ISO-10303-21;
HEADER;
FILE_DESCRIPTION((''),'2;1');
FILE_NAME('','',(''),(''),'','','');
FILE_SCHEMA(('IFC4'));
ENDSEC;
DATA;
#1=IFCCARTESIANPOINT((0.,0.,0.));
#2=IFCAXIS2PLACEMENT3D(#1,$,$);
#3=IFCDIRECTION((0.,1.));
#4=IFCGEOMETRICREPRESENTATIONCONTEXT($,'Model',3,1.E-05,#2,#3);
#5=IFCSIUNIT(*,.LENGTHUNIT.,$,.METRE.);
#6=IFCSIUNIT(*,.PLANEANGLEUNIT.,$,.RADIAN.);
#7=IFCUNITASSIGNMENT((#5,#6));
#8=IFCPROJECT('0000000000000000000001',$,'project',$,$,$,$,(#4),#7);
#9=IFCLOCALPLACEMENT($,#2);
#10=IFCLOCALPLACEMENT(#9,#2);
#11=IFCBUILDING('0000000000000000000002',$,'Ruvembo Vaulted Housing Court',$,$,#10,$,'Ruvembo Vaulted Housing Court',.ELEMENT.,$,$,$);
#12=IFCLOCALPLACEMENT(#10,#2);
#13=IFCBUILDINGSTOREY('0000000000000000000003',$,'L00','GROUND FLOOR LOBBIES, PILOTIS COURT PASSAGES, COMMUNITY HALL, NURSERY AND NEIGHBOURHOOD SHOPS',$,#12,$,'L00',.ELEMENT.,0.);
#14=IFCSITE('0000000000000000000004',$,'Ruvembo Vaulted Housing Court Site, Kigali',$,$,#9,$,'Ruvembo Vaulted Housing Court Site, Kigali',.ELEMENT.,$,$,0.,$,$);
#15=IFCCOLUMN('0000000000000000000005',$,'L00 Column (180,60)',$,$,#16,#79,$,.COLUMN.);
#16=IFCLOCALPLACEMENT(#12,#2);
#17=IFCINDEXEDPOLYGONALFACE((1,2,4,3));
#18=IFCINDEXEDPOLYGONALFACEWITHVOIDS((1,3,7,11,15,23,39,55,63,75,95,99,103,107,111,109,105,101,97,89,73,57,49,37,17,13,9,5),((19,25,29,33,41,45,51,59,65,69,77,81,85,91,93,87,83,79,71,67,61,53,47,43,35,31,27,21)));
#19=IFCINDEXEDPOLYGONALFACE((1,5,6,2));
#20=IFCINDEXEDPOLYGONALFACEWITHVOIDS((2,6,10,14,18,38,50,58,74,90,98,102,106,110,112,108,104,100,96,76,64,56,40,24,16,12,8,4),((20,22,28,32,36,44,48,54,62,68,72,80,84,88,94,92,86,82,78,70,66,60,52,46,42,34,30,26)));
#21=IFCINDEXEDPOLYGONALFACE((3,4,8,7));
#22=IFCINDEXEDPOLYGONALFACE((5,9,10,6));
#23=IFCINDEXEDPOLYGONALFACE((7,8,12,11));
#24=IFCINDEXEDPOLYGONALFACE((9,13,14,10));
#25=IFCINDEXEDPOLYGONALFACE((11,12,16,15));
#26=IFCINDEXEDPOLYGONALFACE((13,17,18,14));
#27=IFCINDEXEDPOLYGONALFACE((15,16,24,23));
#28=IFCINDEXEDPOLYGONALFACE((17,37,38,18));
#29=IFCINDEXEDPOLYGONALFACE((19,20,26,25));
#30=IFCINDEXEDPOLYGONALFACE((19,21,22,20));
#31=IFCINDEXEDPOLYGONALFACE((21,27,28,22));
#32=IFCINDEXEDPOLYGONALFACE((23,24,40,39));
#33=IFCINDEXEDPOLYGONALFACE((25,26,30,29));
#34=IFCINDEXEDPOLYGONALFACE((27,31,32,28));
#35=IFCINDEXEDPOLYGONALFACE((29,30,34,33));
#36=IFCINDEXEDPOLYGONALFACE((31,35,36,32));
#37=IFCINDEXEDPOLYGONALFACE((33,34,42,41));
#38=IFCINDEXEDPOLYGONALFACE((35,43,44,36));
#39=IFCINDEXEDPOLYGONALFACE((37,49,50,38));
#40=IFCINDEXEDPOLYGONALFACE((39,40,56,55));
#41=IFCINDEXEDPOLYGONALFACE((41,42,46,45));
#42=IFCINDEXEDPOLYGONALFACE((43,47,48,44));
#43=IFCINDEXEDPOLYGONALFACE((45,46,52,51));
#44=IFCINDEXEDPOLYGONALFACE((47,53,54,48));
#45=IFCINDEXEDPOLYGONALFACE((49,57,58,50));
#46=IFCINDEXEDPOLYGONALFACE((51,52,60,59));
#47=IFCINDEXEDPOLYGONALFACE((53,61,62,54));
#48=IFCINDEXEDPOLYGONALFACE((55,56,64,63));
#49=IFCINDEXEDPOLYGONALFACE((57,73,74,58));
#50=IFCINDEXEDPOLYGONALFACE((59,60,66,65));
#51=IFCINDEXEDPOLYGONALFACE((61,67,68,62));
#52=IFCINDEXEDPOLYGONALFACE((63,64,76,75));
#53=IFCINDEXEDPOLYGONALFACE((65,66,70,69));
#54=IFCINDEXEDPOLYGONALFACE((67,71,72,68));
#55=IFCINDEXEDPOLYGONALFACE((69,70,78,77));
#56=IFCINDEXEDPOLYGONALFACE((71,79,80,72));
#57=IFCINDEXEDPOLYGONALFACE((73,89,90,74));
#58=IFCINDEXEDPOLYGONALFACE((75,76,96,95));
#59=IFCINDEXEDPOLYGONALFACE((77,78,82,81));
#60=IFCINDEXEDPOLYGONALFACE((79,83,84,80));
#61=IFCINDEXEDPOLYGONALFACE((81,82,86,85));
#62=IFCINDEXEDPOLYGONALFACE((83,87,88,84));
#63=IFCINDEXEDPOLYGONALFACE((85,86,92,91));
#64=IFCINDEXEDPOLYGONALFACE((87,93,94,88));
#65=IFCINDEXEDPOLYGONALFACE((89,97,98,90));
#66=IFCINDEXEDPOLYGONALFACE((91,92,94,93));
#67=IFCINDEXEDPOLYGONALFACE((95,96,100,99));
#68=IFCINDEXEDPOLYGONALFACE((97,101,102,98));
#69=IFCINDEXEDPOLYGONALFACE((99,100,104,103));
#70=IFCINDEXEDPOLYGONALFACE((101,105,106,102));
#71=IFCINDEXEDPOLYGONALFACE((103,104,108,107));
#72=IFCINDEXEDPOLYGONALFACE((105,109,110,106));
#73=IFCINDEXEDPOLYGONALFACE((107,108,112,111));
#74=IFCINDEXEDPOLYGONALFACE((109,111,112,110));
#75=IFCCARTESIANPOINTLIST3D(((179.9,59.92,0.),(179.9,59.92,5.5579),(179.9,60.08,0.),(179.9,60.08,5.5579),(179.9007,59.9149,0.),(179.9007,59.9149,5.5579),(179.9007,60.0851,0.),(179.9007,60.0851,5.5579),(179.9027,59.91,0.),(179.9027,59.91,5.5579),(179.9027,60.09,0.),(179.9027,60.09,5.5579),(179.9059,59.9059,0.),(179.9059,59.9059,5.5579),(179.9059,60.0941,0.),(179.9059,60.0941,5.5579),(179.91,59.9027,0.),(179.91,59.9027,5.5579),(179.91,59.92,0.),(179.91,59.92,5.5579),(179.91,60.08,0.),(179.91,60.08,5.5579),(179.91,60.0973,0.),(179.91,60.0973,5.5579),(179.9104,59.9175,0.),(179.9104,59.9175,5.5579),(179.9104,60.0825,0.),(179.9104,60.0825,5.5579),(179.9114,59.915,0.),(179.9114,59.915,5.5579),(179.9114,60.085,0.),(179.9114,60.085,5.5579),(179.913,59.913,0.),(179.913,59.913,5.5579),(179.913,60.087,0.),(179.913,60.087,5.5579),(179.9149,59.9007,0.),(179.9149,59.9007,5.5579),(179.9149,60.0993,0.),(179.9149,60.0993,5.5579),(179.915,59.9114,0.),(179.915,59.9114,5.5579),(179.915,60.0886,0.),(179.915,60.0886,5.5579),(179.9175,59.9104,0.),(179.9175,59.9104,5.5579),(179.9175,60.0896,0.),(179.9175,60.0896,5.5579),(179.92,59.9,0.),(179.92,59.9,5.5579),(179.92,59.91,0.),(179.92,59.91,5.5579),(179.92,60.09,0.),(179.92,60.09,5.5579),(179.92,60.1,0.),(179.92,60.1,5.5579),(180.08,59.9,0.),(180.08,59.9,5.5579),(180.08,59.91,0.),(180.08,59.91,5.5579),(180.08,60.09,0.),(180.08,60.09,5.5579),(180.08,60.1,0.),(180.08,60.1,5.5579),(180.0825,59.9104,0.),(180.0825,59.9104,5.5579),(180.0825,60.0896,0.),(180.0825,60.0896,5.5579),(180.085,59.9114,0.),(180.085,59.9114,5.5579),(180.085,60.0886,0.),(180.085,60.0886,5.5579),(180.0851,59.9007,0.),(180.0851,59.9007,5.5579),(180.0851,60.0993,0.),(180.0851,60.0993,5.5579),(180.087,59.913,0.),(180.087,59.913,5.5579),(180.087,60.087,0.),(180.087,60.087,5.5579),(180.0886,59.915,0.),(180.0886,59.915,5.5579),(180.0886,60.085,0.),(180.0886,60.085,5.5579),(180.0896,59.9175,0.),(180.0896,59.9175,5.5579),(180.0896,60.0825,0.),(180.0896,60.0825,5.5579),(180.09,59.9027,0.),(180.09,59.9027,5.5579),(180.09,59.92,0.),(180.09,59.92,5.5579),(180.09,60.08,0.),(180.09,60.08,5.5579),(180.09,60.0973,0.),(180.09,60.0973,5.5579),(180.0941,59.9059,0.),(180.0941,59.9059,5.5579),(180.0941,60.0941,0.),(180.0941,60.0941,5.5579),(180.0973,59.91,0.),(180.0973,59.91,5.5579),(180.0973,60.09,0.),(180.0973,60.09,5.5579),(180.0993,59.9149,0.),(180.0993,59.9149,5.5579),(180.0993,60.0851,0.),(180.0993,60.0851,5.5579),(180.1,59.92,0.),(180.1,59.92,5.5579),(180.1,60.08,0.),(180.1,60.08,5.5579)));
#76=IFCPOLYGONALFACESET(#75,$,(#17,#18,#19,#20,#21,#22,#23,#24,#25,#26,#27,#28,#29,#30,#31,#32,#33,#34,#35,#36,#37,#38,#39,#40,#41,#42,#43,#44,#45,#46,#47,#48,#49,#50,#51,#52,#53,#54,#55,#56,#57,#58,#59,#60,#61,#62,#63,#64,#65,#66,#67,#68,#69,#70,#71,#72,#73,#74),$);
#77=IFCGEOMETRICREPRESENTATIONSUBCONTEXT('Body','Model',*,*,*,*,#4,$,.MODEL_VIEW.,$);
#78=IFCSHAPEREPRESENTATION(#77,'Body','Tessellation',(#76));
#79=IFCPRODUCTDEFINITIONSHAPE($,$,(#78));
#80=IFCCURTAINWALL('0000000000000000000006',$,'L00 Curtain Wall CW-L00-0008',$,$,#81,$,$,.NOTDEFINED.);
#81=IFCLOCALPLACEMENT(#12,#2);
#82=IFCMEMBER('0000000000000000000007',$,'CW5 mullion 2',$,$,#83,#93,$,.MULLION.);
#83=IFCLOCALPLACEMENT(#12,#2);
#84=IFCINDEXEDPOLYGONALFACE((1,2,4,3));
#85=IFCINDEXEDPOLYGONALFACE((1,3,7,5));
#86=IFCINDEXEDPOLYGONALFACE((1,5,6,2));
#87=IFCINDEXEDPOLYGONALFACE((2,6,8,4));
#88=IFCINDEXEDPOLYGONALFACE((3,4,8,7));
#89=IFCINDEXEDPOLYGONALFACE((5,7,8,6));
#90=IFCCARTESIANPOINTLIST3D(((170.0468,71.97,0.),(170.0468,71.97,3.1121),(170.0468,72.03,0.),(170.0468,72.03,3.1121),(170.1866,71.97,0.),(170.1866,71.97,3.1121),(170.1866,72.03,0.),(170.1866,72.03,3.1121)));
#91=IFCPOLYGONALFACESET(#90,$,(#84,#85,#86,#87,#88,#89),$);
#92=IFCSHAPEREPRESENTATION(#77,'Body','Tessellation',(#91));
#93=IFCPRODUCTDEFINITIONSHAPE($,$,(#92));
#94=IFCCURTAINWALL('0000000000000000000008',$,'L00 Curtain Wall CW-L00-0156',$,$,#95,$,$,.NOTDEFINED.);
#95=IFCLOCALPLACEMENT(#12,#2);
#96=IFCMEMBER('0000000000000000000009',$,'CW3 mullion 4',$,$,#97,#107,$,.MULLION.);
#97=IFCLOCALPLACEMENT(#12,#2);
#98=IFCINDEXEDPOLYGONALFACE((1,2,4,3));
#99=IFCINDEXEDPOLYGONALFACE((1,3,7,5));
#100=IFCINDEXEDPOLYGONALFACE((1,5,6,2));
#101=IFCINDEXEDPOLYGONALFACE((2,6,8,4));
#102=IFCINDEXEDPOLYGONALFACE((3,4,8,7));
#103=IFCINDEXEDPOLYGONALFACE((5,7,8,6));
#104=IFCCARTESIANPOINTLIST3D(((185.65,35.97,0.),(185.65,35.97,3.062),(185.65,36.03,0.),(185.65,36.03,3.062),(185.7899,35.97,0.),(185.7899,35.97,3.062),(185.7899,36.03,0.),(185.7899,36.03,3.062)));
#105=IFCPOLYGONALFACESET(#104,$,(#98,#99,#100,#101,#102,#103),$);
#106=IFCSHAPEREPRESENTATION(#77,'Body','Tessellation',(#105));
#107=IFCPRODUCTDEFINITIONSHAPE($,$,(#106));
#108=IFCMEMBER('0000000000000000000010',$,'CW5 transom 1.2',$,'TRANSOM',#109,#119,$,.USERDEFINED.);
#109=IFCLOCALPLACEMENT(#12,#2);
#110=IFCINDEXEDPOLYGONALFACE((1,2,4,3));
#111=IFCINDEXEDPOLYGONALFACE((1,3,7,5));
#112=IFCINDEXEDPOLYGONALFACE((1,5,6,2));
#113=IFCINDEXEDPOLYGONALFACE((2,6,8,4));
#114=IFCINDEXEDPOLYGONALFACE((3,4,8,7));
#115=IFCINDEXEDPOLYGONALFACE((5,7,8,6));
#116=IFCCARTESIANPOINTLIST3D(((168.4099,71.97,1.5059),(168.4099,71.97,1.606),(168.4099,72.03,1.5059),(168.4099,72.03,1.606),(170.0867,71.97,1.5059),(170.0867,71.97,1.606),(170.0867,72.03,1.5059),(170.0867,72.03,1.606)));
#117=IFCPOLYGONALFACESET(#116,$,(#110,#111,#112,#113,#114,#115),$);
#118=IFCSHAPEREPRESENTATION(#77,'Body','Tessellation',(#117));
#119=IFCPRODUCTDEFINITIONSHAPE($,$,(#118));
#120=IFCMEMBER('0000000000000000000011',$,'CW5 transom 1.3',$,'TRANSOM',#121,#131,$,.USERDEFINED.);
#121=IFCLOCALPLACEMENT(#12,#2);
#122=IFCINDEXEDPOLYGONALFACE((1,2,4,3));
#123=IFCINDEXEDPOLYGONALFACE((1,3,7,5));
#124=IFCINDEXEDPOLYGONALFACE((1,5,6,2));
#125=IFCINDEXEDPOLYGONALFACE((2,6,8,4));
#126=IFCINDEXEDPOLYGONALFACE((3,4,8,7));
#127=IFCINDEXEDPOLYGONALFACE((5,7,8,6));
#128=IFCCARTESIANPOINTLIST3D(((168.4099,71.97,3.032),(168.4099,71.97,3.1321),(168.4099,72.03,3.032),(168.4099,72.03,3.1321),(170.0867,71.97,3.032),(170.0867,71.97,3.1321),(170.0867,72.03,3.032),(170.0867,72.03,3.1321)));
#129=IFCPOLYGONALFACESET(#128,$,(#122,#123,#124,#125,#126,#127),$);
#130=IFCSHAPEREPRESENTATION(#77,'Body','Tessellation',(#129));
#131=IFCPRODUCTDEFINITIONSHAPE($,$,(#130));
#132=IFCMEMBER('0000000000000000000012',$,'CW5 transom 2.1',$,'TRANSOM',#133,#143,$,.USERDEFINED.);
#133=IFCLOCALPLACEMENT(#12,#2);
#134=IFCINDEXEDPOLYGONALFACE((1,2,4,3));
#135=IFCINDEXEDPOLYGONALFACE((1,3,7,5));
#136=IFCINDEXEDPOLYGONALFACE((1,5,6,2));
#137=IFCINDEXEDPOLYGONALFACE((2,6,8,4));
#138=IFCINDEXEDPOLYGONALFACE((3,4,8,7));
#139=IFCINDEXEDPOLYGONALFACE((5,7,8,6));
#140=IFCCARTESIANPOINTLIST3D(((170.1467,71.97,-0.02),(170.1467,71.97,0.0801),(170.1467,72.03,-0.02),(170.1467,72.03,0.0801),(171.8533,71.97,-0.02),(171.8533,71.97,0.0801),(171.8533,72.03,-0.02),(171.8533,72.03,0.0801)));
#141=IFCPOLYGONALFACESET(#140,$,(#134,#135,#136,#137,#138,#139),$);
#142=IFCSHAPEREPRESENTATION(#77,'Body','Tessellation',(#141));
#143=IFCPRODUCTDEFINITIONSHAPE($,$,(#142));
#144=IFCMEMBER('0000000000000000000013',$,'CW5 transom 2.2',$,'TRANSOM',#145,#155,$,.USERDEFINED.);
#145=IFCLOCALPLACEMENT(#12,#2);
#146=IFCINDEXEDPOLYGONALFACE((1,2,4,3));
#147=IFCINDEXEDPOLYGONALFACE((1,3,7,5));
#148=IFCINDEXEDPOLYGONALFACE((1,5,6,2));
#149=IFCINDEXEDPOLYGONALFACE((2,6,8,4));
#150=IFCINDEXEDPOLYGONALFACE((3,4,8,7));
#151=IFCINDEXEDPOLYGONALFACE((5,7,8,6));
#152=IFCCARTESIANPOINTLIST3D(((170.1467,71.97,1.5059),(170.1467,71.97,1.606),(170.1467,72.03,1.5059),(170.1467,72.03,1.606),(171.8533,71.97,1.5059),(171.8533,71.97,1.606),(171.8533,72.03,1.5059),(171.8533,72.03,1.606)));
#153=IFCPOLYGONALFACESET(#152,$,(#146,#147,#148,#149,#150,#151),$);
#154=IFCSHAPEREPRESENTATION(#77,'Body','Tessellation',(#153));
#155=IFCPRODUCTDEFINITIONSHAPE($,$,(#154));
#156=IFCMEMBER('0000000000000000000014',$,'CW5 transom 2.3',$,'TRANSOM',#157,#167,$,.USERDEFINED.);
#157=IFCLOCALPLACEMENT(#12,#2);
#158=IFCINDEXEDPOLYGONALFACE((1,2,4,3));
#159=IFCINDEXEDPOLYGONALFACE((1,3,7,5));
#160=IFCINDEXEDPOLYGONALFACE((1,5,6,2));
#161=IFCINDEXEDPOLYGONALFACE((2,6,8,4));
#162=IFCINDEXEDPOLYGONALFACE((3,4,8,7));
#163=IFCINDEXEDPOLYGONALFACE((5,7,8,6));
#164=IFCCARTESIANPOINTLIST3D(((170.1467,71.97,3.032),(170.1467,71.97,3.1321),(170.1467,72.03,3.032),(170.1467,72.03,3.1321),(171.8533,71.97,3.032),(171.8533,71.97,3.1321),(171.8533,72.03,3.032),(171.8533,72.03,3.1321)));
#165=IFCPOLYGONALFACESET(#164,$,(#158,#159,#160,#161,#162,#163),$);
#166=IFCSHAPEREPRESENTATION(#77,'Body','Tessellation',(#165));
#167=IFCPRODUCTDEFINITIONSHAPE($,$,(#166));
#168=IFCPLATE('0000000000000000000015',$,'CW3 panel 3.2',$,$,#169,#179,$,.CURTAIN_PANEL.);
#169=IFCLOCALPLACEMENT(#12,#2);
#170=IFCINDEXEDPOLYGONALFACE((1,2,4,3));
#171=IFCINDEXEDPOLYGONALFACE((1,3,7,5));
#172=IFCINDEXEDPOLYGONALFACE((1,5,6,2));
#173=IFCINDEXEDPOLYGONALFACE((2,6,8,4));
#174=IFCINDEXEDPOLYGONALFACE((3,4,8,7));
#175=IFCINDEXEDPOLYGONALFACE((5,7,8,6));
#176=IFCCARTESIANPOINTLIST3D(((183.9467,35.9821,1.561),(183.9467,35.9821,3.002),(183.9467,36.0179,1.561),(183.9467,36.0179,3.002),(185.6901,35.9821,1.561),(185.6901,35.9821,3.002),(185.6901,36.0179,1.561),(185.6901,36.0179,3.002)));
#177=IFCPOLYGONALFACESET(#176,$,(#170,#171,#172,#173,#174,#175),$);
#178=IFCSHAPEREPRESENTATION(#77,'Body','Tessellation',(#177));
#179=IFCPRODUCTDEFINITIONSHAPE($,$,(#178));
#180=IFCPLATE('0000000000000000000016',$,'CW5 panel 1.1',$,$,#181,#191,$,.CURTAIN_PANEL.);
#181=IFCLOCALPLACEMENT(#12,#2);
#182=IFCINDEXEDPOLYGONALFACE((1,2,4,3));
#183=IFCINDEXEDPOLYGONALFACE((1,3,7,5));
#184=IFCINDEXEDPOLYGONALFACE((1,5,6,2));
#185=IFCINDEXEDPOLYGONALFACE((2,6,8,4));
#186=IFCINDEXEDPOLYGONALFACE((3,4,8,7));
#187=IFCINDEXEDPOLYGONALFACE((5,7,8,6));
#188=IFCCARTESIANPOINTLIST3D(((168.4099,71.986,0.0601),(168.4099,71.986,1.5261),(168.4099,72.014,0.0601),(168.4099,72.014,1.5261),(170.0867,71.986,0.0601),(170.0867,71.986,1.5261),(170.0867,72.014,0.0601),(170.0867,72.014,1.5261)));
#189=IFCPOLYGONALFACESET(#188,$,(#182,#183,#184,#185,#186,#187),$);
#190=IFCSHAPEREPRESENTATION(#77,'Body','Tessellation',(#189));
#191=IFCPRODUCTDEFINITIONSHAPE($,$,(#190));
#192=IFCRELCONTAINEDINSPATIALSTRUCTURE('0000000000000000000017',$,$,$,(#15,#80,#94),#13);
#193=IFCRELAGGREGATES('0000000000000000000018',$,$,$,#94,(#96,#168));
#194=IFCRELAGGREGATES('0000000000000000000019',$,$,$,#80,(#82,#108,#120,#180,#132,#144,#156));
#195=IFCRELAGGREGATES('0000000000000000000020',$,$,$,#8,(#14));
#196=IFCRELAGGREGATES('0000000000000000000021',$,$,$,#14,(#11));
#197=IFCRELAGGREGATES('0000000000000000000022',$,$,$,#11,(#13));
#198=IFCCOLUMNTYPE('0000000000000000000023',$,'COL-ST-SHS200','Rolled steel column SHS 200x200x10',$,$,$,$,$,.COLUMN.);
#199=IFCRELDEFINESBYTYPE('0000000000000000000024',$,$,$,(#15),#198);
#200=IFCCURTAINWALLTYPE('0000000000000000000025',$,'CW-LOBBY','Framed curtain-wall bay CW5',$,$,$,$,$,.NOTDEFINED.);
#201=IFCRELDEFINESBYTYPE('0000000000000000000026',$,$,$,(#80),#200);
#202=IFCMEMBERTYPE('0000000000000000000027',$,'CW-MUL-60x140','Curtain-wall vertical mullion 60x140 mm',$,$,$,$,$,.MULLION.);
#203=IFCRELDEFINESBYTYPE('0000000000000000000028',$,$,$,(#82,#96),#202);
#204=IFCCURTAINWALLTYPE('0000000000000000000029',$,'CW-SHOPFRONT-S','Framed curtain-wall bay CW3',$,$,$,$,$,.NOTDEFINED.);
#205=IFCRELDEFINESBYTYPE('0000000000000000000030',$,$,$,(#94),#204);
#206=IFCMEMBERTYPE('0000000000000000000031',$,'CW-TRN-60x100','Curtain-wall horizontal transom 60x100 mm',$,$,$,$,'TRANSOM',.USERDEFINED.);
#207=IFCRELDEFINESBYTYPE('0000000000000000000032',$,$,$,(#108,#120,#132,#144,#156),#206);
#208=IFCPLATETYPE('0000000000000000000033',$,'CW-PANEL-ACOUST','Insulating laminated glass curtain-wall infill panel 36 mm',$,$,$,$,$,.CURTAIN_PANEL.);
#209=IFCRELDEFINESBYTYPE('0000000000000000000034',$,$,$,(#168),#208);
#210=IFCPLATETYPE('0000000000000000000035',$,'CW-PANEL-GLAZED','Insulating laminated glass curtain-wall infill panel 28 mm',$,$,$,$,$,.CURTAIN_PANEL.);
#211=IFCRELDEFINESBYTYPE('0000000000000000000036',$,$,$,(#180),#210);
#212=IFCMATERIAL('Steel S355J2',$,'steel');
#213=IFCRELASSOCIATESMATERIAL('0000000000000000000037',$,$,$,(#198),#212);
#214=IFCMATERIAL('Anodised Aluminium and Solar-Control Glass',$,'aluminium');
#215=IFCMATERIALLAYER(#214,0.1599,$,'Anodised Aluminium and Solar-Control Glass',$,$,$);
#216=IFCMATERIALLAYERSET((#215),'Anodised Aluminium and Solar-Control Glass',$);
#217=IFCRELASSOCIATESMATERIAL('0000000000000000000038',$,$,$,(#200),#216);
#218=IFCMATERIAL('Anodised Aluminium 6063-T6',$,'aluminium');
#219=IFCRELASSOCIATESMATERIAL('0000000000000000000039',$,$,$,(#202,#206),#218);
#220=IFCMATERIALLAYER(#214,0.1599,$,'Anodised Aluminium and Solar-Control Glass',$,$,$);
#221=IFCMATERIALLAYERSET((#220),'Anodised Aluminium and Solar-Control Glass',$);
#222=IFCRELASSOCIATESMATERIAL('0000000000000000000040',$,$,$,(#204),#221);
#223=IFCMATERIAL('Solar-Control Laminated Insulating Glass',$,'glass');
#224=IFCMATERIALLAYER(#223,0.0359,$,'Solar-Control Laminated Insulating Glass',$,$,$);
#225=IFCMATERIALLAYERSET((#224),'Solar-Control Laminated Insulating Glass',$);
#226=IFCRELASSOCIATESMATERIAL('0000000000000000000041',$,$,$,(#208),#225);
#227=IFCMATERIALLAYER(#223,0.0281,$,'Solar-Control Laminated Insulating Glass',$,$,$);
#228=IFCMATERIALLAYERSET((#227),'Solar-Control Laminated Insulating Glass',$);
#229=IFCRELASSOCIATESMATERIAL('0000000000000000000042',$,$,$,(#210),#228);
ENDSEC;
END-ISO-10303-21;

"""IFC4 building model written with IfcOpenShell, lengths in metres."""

from ifc_helpers import new_model, si_unit, direction, frame, origin, origin_2d, place, context, subcontext, project, spatial, rectangle, hollow_rectangle, extrude, material, layer, layer_set, material_profile, profile_set, type_object, element, aggregate, save


model = new_model("IFC4")

# Units and contexts
model_context = context("Model", 3, precision=1e-05, world=origin(), true_north=direction((0.0, 1.0)))
body_context = subcontext(model_context, "Body", "Model", "MODEL_VIEW")
ifc_project = project(units=[si_unit("LENGTHUNIT", "METRE"), si_unit("PLANEANGLEUNIT", "RADIAN")], contexts=[model_context])

# Site, building, storey
site_placement = place(None, origin())
site = spatial("IfcSite", under=ifc_project, at=site_placement, Name="Ruvembo Vaulted Housing Court Site, Kigali", LongName="Ruvembo Vaulted Housing Court Site, Kigali", CompositionType="ELEMENT", RefElevation=0.0)
building_placement = place(site_placement, origin())
building = spatial("IfcBuilding", under=site, at=building_placement, Name="Ruvembo Vaulted Housing Court", LongName="Ruvembo Vaulted Housing Court", CompositionType="ELEMENT")
storey_placement = place(building_placement, origin())
storey = spatial("IfcBuildingStorey", under=building, at=storey_placement, Name="L00", Description="GROUND FLOOR LOBBIES, PILOTIS COURT PASSAGES, COMMUNITY HALL, NURSERY AND NEIGHBOURHOOD SHOPS", LongName="L00", CompositionType="ELEMENT", Elevation=0.0)

# Column
ifc_material_1 = material(Name="Steel S355J2", Category="steel")
ifc_material_profile_1 = material_profile(ifc_material_1, hollow_rectangle(XDim=0.2, YDim=0.2, WallThickness=0.01, InnerFilletRadius=0.01, OuterFilletRadius=0.02, at=origin_2d()), Name="SHS 200x200x10")
ifc_profile_set_1 = profile_set([ifc_material_profile_1], Name="Steel S355J2")
column_type_1 = type_object("IfcColumnType", Name="COL-ST-SHS200", Description="Rolled steel column SHS 200x200x10", PredefinedType="COLUMN", material=ifc_profile_set_1)
for number, where, z_axis, x_axis, name in (
    (1, (180.0, 60.0, 0.0), (0.0, 0.0, 1.0), (1.0, 0.0, 0.0), "L00 Column (180,60)"),
):
    element("IfcColumn", number, at=place(storey_placement, frame(where, z_axis=z_axis, x_axis=x_axis)), inside=storey, type_object=column_type_1, Name=name, PredefinedType="COLUMN", context=body_context, shape_type="SweptSolid", body=[
        extrude(hollow_rectangle(XDim=0.2, YDim=0.2, WallThickness=0.01, InnerFilletRadius=0.01, OuterFilletRadius=0.02, at=origin_2d()), origin(), (0.0, 0.0, 1.0), 5.5579),
    ])

# Curtain walls, members
ifc_material_2 = material(Name="Anodised Aluminium and Solar-Control Glass", Category="aluminium")
ifc_layer_1 = layer(ifc_material_2, 0.1599, Name="Anodised Aluminium and Solar-Control Glass")
ifc_layer_set_1 = layer_set([ifc_layer_1], Name="Anodised Aluminium and Solar-Control Glass")
curtain_wall_type_1 = type_object("IfcCurtainWallType", Name="CW-LOBBY", Description="Framed curtain-wall bay CW5", PredefinedType="NOTDEFINED", material=ifc_layer_set_1)
curtain_wall_1_placement = place(storey_placement, origin())
curtain_wall_1 = element("IfcCurtainWall", 2, at=curtain_wall_1_placement, inside=storey, type_object=curtain_wall_type_1, Name="L00 Curtain Wall CW-L00-0008", PredefinedType="NOTDEFINED")
ifc_material_3 = material(Name="Anodised Aluminium 6063-T6", Category="aluminium")
ifc_material_profile_2 = material_profile(ifc_material_3, rectangle(XDim=0.0601, YDim=0.1399, at=origin_2d()), Name="ALU 60x140")
ifc_profile_set_2 = profile_set([ifc_material_profile_2], Name="Anodised Aluminium 6063-T6")
member_type_1 = type_object("IfcMemberType", Name="CW-MUL-60x140", Description="Curtain-wall vertical mullion 60x140 mm", PredefinedType="MULLION", material=ifc_profile_set_2)
member_1_placement = place(storey_placement, frame((170.1167, 72.0, 0.0), z_axis=(0.0, 0.0, 1.0), x_axis=(0.0, 1.0, 0.0)))
member_1 = element("IfcMember", 3, at=member_1_placement, type_object=member_type_1, Name="CW5 mullion 2", PredefinedType="MULLION", context=body_context, shape_type="SweptSolid", body=[
    extrude(rectangle(XDim=0.0601, YDim=0.1399, at=origin_2d()), origin(), (0.0, 0.0, 1.0), 3.1121),
])
ifc_layer_2 = layer(ifc_material_2, 0.1599, Name="Anodised Aluminium and Solar-Control Glass")
ifc_layer_set_2 = layer_set([ifc_layer_2], Name="Anodised Aluminium and Solar-Control Glass")
curtain_wall_type_2 = type_object("IfcCurtainWallType", Name="CW-SHOPFRONT-S", Description="Framed curtain-wall bay CW3", PredefinedType="NOTDEFINED", material=ifc_layer_set_2)
curtain_wall_2_placement = place(storey_placement, origin())
curtain_wall_2 = element("IfcCurtainWall", 4, at=curtain_wall_2_placement, inside=storey, type_object=curtain_wall_type_2, Name="L00 Curtain Wall CW-L00-0156", PredefinedType="NOTDEFINED")
member_2_placement = place(storey_placement, frame((185.72, 36.0, 0.0), z_axis=(0.0, 0.0, 1.0), x_axis=(0.0, 1.0, 0.0)))
member_2 = element("IfcMember", 5, at=member_2_placement, type_object=member_type_1, Name="CW3 mullion 4", PredefinedType="MULLION", context=body_context, shape_type="SweptSolid", body=[
    extrude(rectangle(XDim=0.0601, YDim=0.1399, at=origin_2d()), origin(), (0.0, 0.0, 1.0), 3.062),
])

# Members
ifc_material_profile_3 = material_profile(ifc_material_3, rectangle(XDim=0.0601, YDim=0.1001, at=origin_2d()), Name="ALU 60x100")
ifc_profile_set_3 = profile_set([ifc_material_profile_3], Name="Anodised Aluminium 6063-T6")
member_type_2 = type_object("IfcMemberType", Name="CW-TRN-60x100", Description="Curtain-wall horizontal transom 60x100 mm", ElementType="TRANSOM", PredefinedType="USERDEFINED", material=ifc_profile_set_3)
member_3_placement = place(storey_placement, frame((168.4099, 72.0, 1.5559), z_axis=(1.0, 0.0, 0.0), x_axis=(0.0, 1.0, 0.0)))
member_3 = element("IfcMember", 6, at=member_3_placement, type_object=member_type_2, Name="CW5 transom 1.2", ObjectType="TRANSOM", PredefinedType="USERDEFINED", context=body_context, shape_type="SweptSolid", body=[
    extrude(rectangle(XDim=0.0601, YDim=0.1001, at=origin_2d()), origin(), (0.0, 0.0, 1.0), 1.6768),
])
member_4_placement = place(storey_placement, frame((168.4099, 72.0, 3.082), z_axis=(1.0, 0.0, 0.0), x_axis=(0.0, 1.0, 0.0)))
member_4 = element("IfcMember", 7, at=member_4_placement, type_object=member_type_2, Name="CW5 transom 1.3", ObjectType="TRANSOM", PredefinedType="USERDEFINED", context=body_context, shape_type="SweptSolid", body=[
    extrude(rectangle(XDim=0.0601, YDim=0.1001, at=origin_2d()), origin(), (0.0, 0.0, 1.0), 1.6768),
])
member_5_placement = place(storey_placement, frame((170.1467, 72.0, 0.03), z_axis=(1.0, 0.0, 0.0), x_axis=(0.0, 1.0, 0.0)))
member_5 = element("IfcMember", 8, at=member_5_placement, type_object=member_type_2, Name="CW5 transom 2.1", ObjectType="TRANSOM", PredefinedType="USERDEFINED", context=body_context, shape_type="SweptSolid", body=[
    extrude(rectangle(XDim=0.0601, YDim=0.1001, at=origin_2d()), origin(), (0.0, 0.0, 1.0), 1.7065),
])
member_6_placement = place(storey_placement, frame((170.1467, 72.0, 1.5559), z_axis=(1.0, 0.0, 0.0), x_axis=(0.0, 1.0, 0.0)))
member_6 = element("IfcMember", 9, at=member_6_placement, type_object=member_type_2, Name="CW5 transom 2.2", ObjectType="TRANSOM", PredefinedType="USERDEFINED", context=body_context, shape_type="SweptSolid", body=[
    extrude(rectangle(XDim=0.0601, YDim=0.1001, at=origin_2d()), origin(), (0.0, 0.0, 1.0), 1.7065),
])
member_7_placement = place(storey_placement, frame((170.1467, 72.0, 3.082), z_axis=(1.0, 0.0, 0.0), x_axis=(0.0, 1.0, 0.0)))
member_7 = element("IfcMember", 10, at=member_7_placement, type_object=member_type_2, Name="CW5 transom 2.3", ObjectType="TRANSOM", PredefinedType="USERDEFINED", context=body_context, shape_type="SweptSolid", body=[
    extrude(rectangle(XDim=0.0601, YDim=0.1001, at=origin_2d()), origin(), (0.0, 0.0, 1.0), 1.7065),
])

# Plates
ifc_material_4 = material(Name="Solar-Control Laminated Insulating Glass", Category="glass")
ifc_layer_3 = layer(ifc_material_4, 0.0359, Name="Solar-Control Laminated Insulating Glass")
ifc_layer_set_3 = layer_set([ifc_layer_3], Name="Solar-Control Laminated Insulating Glass")
plate_type_1 = type_object("IfcPlateType", Name="CW-PANEL-ACOUST", Description="Insulating laminated glass curtain-wall infill panel 36 mm", PredefinedType="CURTAIN_PANEL", material=ifc_layer_set_3)
plate_1_placement = place(storey_placement, frame((184.8184, 36.0, 1.561), z_axis=(0.0, 0.0, 1.0), x_axis=(1.0, 0.0, 0.0)))
plate_1 = element("IfcPlate", 11, at=plate_1_placement, type_object=plate_type_1, Name="CW3 panel 3.2", PredefinedType="CURTAIN_PANEL", context=body_context, shape_type="SweptSolid", body=[
    extrude(rectangle(XDim=1.7434, YDim=0.0359, at=origin_2d()), origin(), (0.0, 0.0, 1.0), 1.4409),
])
aggregate(curtain_wall_2, [member_2, plate_1])
ifc_layer_4 = layer(ifc_material_4, 0.0281, Name="Solar-Control Laminated Insulating Glass")
ifc_layer_set_4 = layer_set([ifc_layer_4], Name="Solar-Control Laminated Insulating Glass")
plate_type_2 = type_object("IfcPlateType", Name="CW-PANEL-GLAZED", Description="Insulating laminated glass curtain-wall infill panel 28 mm", PredefinedType="CURTAIN_PANEL", material=ifc_layer_set_4)
plate_2_placement = place(storey_placement, frame((169.2483, 72.0, 0.0601), z_axis=(0.0, 0.0, 1.0), x_axis=(1.0, 0.0, 0.0)))
plate_2 = element("IfcPlate", 12, at=plate_2_placement, type_object=plate_type_2, Name="CW5 panel 1.1", PredefinedType="CURTAIN_PANEL", context=body_context, shape_type="SweptSolid", body=[
    extrude(rectangle(XDim=1.6768, YDim=0.0281, at=origin_2d()), origin(), (0.0, 0.0, 1.0), 1.4661),
])
aggregate(curtain_wall_1, [member_1, member_3, member_4, plate_2, member_5, member_6, member_7])

save(model, "model.ifc")
